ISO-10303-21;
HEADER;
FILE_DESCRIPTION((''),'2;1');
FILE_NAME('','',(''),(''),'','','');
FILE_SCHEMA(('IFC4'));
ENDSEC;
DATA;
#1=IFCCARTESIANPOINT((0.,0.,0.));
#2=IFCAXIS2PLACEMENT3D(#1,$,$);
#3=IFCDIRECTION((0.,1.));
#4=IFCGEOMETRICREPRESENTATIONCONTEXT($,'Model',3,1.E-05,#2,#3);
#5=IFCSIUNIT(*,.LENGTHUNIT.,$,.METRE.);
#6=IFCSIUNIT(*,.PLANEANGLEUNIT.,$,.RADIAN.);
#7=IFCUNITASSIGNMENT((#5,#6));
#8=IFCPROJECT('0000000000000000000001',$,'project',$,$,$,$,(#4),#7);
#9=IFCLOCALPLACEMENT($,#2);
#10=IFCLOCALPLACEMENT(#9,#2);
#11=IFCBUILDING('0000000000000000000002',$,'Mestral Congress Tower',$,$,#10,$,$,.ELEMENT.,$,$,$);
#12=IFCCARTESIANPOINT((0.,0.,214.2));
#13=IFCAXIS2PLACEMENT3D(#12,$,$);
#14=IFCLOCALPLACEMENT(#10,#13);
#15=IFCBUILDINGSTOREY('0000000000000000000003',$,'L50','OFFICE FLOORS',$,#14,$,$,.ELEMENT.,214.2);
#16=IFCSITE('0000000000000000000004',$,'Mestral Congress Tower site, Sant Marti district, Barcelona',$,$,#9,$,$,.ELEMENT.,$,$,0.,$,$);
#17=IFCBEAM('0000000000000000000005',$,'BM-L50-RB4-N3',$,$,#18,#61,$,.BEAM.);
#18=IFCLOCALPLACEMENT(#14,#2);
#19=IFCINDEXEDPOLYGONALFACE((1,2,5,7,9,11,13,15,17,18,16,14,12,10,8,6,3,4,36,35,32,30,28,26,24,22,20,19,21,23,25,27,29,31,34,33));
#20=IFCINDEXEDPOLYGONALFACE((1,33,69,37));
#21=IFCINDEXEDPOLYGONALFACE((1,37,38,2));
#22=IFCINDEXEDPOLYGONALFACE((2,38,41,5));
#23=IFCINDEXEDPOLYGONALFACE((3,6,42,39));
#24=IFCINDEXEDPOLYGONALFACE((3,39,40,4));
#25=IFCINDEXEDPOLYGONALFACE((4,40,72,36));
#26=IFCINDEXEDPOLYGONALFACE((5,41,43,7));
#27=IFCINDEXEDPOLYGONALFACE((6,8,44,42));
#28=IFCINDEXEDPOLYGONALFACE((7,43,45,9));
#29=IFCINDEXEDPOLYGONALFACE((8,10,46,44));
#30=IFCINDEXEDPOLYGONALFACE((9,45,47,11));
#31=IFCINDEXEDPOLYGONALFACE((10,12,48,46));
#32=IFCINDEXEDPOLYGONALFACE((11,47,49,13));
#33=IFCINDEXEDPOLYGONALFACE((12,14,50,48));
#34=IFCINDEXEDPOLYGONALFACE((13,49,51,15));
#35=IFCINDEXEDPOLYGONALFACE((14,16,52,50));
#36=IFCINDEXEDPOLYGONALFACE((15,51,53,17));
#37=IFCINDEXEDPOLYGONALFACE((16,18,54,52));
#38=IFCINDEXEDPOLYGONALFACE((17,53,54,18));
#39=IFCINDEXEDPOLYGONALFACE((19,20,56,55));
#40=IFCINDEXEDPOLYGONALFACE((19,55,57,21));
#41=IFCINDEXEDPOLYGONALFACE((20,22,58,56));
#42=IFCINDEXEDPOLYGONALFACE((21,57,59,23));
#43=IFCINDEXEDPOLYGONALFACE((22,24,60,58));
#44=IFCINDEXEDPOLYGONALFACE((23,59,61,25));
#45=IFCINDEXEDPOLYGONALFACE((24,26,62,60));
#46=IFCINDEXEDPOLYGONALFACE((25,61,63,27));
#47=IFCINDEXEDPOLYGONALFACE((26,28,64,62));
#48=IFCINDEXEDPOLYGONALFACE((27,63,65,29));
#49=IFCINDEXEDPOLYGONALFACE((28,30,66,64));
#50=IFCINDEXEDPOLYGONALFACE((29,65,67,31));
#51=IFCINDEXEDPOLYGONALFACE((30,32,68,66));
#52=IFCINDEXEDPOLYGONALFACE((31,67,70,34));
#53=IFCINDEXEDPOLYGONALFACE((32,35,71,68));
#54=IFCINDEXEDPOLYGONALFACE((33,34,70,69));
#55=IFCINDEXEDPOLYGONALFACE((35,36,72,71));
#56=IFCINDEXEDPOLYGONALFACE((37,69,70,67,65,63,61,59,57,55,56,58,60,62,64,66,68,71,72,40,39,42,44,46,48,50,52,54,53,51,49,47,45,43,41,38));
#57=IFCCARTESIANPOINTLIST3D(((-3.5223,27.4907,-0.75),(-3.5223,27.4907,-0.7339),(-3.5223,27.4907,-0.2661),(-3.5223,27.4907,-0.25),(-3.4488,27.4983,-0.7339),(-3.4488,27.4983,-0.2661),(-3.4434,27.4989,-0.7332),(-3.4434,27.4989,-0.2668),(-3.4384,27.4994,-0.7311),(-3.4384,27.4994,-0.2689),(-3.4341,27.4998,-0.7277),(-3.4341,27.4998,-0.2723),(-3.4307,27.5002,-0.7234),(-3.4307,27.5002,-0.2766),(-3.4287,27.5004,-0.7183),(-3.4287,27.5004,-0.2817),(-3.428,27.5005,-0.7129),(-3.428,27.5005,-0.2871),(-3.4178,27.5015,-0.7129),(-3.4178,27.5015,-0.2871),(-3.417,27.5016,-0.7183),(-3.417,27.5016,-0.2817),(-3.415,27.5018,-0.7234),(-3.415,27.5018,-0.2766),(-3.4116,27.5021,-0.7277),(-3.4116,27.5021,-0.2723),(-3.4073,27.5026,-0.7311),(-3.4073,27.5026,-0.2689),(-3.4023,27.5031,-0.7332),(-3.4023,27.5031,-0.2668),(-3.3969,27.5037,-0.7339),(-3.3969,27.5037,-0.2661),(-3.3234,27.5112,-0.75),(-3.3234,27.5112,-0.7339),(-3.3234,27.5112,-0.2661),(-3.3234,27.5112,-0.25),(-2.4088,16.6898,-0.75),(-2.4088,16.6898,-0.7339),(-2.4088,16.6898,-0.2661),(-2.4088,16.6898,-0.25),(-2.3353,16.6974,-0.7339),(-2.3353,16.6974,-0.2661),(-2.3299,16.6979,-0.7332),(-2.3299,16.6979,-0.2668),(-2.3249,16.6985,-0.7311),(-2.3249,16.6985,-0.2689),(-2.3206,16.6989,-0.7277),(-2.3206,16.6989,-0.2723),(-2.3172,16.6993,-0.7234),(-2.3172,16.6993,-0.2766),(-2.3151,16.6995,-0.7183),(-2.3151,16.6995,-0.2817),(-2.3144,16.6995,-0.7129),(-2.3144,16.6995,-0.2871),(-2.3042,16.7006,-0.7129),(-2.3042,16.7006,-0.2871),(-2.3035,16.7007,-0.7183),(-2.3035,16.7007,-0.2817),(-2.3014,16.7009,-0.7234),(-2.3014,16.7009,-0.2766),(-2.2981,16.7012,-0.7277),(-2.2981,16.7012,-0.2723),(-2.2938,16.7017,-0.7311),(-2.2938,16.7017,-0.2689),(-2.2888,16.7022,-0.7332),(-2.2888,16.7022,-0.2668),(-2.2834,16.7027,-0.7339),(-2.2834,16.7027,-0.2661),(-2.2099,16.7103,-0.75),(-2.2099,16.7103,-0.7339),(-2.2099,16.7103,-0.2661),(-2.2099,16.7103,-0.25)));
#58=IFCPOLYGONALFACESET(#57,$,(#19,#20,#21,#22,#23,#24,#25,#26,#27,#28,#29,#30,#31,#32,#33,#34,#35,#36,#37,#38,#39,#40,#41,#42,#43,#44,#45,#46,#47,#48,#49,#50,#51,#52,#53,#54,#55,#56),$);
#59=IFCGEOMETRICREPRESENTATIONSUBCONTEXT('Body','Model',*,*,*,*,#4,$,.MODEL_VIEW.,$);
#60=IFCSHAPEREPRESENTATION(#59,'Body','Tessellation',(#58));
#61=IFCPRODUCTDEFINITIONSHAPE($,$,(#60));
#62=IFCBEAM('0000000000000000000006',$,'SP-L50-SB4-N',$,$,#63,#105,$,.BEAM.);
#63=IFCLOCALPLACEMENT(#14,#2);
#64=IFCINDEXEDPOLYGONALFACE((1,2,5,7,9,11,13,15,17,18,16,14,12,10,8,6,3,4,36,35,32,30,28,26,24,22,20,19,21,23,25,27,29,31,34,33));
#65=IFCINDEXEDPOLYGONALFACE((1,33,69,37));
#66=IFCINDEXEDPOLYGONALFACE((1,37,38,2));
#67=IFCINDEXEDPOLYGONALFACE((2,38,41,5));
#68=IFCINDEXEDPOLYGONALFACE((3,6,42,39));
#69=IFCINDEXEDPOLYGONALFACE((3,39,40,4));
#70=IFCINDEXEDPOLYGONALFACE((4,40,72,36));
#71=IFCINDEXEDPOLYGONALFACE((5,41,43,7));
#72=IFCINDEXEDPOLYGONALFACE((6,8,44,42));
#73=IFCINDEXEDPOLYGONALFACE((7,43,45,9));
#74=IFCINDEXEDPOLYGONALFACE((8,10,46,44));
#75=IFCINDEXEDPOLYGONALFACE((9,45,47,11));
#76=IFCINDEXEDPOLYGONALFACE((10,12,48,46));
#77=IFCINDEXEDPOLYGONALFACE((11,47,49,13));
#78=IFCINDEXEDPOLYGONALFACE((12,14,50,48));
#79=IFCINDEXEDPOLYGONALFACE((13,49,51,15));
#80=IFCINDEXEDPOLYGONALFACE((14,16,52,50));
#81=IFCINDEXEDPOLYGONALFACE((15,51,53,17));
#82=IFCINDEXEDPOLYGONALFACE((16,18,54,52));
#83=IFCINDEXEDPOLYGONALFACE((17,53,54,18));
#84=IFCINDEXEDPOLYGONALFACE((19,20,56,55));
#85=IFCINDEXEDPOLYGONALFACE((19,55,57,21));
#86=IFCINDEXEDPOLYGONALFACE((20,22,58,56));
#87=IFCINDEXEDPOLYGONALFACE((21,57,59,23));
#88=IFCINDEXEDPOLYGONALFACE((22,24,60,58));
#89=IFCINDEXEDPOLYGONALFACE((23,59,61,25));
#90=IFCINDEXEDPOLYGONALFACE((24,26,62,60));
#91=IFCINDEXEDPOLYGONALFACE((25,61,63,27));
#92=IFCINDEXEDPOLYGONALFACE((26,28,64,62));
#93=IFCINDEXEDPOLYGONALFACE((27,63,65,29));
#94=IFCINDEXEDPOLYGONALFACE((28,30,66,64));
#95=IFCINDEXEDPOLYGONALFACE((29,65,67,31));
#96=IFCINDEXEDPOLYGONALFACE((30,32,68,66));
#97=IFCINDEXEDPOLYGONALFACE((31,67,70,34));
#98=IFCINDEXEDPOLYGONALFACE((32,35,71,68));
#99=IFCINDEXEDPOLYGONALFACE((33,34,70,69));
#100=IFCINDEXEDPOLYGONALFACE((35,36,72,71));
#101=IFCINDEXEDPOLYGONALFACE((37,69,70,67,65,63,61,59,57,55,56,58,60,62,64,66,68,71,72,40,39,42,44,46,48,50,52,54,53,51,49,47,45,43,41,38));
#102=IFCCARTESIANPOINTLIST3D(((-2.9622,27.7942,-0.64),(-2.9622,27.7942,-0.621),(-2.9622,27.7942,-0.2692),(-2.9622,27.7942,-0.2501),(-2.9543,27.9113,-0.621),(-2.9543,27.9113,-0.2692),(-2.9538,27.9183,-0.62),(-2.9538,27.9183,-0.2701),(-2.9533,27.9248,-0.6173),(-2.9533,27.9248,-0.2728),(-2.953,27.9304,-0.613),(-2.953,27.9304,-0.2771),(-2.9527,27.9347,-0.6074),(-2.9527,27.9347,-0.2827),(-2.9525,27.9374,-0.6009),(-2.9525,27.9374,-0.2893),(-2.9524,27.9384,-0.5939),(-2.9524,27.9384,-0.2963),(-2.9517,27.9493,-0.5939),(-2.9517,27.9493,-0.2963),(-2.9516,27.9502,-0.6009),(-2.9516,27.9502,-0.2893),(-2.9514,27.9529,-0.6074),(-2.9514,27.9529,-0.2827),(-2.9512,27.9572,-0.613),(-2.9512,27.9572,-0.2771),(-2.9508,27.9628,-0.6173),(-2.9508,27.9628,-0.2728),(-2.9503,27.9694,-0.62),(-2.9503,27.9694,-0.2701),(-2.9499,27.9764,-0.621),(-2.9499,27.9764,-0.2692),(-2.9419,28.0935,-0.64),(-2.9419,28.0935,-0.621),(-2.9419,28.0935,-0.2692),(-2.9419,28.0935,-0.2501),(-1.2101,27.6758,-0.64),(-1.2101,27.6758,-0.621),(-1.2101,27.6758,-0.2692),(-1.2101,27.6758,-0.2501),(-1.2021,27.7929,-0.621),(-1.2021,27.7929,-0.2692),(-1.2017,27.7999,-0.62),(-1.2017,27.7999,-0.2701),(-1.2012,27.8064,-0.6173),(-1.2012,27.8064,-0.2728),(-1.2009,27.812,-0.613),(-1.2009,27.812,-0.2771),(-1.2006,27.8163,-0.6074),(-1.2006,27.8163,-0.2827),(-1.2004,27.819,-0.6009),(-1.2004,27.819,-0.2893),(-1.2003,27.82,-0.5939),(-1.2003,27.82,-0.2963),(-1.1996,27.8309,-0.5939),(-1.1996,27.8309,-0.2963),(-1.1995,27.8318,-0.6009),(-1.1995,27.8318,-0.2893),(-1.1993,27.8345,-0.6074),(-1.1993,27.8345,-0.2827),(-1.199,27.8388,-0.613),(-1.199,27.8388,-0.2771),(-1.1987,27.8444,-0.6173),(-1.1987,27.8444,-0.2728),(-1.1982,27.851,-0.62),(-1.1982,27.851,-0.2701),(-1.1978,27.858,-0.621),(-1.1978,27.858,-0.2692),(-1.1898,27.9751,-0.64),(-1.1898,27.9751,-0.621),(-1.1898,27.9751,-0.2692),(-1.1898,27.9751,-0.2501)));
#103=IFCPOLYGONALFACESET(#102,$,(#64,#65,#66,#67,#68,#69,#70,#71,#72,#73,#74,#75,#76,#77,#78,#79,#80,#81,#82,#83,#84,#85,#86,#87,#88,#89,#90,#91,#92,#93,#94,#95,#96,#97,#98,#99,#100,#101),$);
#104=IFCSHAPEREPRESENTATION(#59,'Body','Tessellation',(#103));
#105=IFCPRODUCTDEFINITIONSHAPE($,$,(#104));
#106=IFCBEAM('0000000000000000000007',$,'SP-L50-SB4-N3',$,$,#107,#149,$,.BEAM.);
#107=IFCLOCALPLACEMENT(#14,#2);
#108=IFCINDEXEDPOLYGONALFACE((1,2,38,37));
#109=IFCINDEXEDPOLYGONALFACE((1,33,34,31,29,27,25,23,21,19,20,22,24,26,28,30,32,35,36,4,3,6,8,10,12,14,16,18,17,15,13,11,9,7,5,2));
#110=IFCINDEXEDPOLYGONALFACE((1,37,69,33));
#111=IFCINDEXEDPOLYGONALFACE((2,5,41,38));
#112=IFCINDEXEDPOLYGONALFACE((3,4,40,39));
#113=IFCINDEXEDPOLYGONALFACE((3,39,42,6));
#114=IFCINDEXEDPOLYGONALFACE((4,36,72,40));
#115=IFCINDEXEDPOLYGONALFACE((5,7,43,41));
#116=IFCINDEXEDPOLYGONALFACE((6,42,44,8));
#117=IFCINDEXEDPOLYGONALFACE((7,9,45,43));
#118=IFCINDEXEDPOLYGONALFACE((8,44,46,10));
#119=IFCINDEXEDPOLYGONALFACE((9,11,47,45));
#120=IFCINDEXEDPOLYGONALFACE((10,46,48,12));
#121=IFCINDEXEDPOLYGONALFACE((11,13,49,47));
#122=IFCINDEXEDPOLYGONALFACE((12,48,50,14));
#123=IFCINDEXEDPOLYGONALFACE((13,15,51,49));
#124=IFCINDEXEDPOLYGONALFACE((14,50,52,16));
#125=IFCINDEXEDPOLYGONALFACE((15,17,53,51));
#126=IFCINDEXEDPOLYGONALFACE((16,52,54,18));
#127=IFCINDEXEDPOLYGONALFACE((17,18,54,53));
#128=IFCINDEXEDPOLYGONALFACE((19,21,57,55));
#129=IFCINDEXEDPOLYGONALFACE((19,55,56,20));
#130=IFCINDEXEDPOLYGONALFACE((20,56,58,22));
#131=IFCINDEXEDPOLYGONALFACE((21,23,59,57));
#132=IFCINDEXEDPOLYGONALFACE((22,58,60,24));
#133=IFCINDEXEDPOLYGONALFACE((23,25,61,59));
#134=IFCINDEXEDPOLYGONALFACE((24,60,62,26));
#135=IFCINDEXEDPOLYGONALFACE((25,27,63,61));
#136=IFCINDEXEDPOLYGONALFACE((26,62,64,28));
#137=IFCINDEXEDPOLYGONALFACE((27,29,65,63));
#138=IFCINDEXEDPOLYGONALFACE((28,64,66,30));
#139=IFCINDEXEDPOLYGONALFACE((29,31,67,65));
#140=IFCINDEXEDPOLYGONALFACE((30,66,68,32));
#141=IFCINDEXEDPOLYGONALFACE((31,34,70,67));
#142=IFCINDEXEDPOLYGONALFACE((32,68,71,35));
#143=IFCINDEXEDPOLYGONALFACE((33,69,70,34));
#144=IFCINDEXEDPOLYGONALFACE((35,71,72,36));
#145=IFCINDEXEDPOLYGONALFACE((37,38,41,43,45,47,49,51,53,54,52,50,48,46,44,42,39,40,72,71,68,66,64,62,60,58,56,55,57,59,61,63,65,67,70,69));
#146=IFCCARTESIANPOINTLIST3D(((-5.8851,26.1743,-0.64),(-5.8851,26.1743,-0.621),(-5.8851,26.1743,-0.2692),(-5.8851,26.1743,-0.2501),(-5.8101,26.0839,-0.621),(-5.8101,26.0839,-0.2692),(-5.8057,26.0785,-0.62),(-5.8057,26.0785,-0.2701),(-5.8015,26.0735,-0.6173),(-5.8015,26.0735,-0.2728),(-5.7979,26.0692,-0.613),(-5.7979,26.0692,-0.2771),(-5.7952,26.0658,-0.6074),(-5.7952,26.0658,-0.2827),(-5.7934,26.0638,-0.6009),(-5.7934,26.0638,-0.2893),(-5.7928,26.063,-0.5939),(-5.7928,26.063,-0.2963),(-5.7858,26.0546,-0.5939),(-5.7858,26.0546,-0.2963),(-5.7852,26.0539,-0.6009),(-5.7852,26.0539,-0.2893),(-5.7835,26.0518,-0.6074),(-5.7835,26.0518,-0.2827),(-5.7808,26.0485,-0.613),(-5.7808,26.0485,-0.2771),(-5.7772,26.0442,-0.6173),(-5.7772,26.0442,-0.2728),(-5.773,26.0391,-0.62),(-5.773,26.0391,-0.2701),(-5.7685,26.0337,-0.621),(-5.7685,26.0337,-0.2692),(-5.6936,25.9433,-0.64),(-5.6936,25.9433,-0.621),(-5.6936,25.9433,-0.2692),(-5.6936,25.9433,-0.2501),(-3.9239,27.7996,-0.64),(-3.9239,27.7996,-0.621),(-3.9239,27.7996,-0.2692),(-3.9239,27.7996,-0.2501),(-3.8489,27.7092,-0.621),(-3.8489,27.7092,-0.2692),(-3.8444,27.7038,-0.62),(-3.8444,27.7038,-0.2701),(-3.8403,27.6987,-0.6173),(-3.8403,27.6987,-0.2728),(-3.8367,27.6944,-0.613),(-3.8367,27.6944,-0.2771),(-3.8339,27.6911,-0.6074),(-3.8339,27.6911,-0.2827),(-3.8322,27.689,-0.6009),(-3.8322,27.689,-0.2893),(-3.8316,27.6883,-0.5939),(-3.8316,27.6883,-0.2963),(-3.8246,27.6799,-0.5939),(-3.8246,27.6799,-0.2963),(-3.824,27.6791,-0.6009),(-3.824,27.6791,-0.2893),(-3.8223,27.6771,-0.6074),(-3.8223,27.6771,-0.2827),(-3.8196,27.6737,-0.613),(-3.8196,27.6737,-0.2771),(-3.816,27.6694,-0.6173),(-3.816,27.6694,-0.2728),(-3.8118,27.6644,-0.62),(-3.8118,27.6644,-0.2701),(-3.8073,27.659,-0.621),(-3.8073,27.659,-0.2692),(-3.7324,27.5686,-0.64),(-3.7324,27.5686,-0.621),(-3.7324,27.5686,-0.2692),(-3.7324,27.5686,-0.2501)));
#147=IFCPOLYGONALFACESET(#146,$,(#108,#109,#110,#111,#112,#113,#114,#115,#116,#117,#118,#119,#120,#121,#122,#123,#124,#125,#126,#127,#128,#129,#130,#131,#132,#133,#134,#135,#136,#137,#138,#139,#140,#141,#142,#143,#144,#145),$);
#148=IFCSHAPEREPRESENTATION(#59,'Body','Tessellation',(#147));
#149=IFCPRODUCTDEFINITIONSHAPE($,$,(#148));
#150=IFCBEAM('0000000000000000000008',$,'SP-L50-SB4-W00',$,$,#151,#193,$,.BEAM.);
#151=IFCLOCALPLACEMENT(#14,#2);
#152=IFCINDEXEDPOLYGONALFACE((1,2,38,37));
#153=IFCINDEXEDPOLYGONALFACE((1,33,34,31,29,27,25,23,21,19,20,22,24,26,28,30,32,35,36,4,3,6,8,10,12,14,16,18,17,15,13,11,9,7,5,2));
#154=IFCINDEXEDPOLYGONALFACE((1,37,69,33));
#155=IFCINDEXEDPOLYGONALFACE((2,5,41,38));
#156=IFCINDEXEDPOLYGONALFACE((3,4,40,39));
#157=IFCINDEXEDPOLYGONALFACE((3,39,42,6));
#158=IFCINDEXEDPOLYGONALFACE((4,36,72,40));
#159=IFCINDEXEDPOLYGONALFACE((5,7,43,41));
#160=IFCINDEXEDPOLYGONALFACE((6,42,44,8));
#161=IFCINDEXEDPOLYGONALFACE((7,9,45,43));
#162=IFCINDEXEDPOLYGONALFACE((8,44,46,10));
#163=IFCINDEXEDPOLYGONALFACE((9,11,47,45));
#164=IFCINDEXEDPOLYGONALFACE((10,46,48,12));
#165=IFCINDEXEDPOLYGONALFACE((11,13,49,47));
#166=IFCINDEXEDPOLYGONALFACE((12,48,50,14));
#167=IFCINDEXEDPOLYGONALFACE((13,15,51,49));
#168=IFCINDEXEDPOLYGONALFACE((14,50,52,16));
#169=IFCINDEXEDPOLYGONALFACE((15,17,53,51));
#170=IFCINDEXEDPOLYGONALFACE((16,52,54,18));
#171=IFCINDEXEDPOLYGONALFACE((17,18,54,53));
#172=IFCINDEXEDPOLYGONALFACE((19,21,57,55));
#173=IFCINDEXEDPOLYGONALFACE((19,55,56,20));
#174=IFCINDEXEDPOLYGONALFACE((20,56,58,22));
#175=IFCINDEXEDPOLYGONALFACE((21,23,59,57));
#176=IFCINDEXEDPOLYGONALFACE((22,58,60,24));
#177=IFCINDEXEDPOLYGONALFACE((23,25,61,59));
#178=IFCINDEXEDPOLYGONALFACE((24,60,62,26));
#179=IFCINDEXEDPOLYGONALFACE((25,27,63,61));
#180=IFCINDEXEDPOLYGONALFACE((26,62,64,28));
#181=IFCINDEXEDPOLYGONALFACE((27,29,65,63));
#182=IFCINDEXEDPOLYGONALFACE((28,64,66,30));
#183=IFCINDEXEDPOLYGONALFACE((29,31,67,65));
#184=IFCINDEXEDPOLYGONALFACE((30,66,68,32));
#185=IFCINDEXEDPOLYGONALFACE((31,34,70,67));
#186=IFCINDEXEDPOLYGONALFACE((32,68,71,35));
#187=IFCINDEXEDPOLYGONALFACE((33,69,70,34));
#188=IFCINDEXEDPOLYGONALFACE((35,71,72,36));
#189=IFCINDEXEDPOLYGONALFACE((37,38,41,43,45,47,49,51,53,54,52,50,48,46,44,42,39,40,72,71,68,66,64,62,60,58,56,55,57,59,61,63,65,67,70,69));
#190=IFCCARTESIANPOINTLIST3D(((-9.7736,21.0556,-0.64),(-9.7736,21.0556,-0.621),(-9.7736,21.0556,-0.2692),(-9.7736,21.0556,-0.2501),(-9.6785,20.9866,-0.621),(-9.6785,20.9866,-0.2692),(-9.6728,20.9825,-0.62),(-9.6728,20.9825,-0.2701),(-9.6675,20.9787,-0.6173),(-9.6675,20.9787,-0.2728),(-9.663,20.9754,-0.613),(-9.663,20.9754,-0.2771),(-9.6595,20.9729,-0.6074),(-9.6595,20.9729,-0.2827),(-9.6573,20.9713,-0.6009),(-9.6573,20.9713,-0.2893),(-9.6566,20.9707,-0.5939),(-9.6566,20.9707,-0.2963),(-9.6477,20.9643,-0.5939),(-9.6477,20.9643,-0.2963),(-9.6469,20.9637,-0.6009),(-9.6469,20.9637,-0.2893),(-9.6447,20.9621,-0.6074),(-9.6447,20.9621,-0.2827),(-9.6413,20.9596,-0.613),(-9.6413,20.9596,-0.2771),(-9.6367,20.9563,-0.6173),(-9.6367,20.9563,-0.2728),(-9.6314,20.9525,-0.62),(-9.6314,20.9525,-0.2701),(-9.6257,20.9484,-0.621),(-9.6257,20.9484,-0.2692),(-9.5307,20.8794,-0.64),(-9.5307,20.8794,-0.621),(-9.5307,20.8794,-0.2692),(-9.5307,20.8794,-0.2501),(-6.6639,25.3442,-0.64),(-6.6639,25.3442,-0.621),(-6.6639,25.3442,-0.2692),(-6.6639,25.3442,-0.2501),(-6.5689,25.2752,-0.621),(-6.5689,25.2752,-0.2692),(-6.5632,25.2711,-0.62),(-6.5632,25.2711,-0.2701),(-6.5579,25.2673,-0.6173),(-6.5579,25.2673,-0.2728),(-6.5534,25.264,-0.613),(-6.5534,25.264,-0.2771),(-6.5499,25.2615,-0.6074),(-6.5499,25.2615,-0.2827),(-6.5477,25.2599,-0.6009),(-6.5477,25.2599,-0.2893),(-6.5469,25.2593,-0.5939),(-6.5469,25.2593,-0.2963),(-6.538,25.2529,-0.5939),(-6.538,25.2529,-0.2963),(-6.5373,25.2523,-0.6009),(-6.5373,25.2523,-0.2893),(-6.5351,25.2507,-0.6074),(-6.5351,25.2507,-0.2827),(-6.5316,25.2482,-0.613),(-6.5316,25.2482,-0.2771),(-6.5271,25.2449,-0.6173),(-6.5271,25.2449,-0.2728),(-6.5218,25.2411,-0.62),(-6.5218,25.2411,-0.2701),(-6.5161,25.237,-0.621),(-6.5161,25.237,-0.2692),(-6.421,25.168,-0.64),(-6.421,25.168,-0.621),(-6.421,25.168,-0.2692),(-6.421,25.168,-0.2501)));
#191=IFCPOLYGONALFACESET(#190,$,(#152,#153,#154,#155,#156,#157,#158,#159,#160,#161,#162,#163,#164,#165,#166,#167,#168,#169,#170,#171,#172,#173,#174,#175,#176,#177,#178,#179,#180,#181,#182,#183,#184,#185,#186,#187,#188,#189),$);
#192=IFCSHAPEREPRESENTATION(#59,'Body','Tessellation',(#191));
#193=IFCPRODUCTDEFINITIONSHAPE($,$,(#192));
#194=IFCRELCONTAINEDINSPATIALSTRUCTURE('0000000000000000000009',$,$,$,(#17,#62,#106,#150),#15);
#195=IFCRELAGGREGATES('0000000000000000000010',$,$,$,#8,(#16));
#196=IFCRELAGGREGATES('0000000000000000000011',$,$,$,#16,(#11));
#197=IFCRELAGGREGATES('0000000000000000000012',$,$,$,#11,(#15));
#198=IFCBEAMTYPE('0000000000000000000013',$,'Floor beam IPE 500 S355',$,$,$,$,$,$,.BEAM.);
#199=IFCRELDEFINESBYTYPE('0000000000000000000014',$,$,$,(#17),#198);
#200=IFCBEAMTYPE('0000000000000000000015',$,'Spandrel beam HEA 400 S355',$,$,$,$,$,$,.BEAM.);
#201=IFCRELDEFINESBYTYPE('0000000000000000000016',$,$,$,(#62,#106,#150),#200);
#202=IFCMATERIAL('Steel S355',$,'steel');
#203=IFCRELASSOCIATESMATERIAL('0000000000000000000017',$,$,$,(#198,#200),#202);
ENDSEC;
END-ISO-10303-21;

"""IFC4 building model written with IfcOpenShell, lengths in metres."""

from ifc_helpers import new_model, si_unit, direction, frame, origin, origin_2d, place, context, subcontext, project, spatial, i_section, extrude, material, material_profile, profile_set, type_object, element, save


model = new_model("IFC4")

# Units and contexts
model_context = context("Model", 3, precision=1e-05, world=origin(), true_north=direction((0.0, 1.0)))
body_context = subcontext(model_context, "Body", "Model", "MODEL_VIEW")
ifc_project = project(units=[si_unit("LENGTHUNIT", "METRE"), si_unit("PLANEANGLEUNIT", "RADIAN")], contexts=[model_context])

# Site, building, storey
site_placement = place(None, origin())
site = spatial("IfcSite", under=ifc_project, at=site_placement, Name="Mestral Congress Tower site, Sant Marti district, Barcelona", CompositionType="ELEMENT", RefElevation=0.0)
building_placement = place(site_placement, origin())
building = spatial("IfcBuilding", under=site, at=building_placement, Name="Mestral Congress Tower", CompositionType="ELEMENT")
storey_placement = place(building_placement, frame((0.0, 0.0, 214.2)))
storey = spatial("IfcBuildingStorey", under=building, at=storey_placement, Name="L50", Description="OFFICE FLOORS", CompositionType="ELEMENT", Elevation=214.2)

# Beams
ifc_material_1 = material(Name="Steel S355", Category="steel")
ifc_material_profile_1 = material_profile(ifc_material_1, i_section(OverallWidth=0.2, OverallDepth=0.5, WebThickness=0.0103, FlangeThickness=0.0161, FilletRadius=0.021, at=origin_2d()), Name="IPE 500")
ifc_profile_set_1 = profile_set([ifc_material_profile_1], Name="Steel S355")
beam_type_1 = type_object("IfcBeamType", Name="Floor beam IPE 500 S355", PredefinedType="BEAM", material=ifc_profile_set_1)
beam_1_placement = place(storey_placement, frame((-3.4229, 27.501, -0.5), z_axis=(0.102551, -0.994728, 0.0), x_axis=(0.994728, 0.102551, 0.0)))
element("IfcBeam", 1, at=beam_1_placement, inside=storey, type_object=beam_type_1, Name="BM-L50-RB4-N3", PredefinedType="BEAM", context=body_context, shape_type="SweptSolid", body=[
    extrude(i_section(OverallWidth=0.2, OverallDepth=0.5, WebThickness=0.0103, FlangeThickness=0.0161, FilletRadius=0.021, at=origin_2d()), origin(), (0.0, 0.0, 1.0), 10.8582),
])
ifc_material_profile_2 = material_profile(ifc_material_1, i_section(OverallWidth=0.3, OverallDepth=0.3899, WebThickness=0.011, FlangeThickness=0.019, FilletRadius=0.0271, at=origin_2d()), Name="HEA 400")
ifc_profile_set_2 = profile_set([ifc_material_profile_2], Name="Steel S355")
beam_type_2 = type_object("IfcBeamType", Name="Spandrel beam HEA 400 S355", PredefinedType="BEAM", material=ifc_profile_set_2)
beam_2_placement = place(storey_placement, frame((-1.2, 27.8254, -0.4451), z_axis=(-0.997724, 0.067423, 0.0), x_axis=(-0.067423, -0.997724, 0.0)))
element("IfcBeam", 2, at=beam_2_placement, inside=storey, type_object=beam_type_2, Name="SP-L50-SB4-N", PredefinedType="BEAM", context=body_context, shape_type="SweptSolid", body=[
    extrude(i_section(OverallWidth=0.3, OverallDepth=0.3899, WebThickness=0.011, FlangeThickness=0.019, FilletRadius=0.0271, at=origin_2d()), origin(), (0.0, 0.0, 1.0), 1.7561),
])
beam_3_placement = place(storey_placement, frame((-3.8281, 27.6841, -0.4451), z_axis=(-0.76997, -0.63808, 0.0), x_axis=(0.63808, -0.76997, 0.0)))
element("IfcBeam", 3, at=beam_3_placement, inside=storey, type_object=beam_type_2, Name="SP-L50-SB4-N3", PredefinedType="BEAM", context=body_context, shape_type="SweptSolid", body=[
    extrude(i_section(OverallWidth=0.3, OverallDepth=0.3899, WebThickness=0.011, FlangeThickness=0.019, FilletRadius=0.0271, at=origin_2d()), origin(), (0.0, 0.0, 1.0), 2.5471),
])
beam_4_placement = place(storey_placement, frame((-6.5425, 25.2561, -0.4451), z_axis=(-0.587017, -0.809574, 0.0), x_axis=(0.809574, -0.587017, 0.0)))
element("IfcBeam", 4, at=beam_4_placement, inside=storey, type_object=beam_type_2, Name="SP-L50-SB4-W00", PredefinedType="BEAM", context=body_context, shape_type="SweptSolid", body=[
    extrude(i_section(OverallWidth=0.3, OverallDepth=0.3899, WebThickness=0.011, FlangeThickness=0.019, FilletRadius=0.0271, at=origin_2d()), origin(), (0.0, 0.0, 1.0), 5.2974),
])

save(model, "model.ifc")
